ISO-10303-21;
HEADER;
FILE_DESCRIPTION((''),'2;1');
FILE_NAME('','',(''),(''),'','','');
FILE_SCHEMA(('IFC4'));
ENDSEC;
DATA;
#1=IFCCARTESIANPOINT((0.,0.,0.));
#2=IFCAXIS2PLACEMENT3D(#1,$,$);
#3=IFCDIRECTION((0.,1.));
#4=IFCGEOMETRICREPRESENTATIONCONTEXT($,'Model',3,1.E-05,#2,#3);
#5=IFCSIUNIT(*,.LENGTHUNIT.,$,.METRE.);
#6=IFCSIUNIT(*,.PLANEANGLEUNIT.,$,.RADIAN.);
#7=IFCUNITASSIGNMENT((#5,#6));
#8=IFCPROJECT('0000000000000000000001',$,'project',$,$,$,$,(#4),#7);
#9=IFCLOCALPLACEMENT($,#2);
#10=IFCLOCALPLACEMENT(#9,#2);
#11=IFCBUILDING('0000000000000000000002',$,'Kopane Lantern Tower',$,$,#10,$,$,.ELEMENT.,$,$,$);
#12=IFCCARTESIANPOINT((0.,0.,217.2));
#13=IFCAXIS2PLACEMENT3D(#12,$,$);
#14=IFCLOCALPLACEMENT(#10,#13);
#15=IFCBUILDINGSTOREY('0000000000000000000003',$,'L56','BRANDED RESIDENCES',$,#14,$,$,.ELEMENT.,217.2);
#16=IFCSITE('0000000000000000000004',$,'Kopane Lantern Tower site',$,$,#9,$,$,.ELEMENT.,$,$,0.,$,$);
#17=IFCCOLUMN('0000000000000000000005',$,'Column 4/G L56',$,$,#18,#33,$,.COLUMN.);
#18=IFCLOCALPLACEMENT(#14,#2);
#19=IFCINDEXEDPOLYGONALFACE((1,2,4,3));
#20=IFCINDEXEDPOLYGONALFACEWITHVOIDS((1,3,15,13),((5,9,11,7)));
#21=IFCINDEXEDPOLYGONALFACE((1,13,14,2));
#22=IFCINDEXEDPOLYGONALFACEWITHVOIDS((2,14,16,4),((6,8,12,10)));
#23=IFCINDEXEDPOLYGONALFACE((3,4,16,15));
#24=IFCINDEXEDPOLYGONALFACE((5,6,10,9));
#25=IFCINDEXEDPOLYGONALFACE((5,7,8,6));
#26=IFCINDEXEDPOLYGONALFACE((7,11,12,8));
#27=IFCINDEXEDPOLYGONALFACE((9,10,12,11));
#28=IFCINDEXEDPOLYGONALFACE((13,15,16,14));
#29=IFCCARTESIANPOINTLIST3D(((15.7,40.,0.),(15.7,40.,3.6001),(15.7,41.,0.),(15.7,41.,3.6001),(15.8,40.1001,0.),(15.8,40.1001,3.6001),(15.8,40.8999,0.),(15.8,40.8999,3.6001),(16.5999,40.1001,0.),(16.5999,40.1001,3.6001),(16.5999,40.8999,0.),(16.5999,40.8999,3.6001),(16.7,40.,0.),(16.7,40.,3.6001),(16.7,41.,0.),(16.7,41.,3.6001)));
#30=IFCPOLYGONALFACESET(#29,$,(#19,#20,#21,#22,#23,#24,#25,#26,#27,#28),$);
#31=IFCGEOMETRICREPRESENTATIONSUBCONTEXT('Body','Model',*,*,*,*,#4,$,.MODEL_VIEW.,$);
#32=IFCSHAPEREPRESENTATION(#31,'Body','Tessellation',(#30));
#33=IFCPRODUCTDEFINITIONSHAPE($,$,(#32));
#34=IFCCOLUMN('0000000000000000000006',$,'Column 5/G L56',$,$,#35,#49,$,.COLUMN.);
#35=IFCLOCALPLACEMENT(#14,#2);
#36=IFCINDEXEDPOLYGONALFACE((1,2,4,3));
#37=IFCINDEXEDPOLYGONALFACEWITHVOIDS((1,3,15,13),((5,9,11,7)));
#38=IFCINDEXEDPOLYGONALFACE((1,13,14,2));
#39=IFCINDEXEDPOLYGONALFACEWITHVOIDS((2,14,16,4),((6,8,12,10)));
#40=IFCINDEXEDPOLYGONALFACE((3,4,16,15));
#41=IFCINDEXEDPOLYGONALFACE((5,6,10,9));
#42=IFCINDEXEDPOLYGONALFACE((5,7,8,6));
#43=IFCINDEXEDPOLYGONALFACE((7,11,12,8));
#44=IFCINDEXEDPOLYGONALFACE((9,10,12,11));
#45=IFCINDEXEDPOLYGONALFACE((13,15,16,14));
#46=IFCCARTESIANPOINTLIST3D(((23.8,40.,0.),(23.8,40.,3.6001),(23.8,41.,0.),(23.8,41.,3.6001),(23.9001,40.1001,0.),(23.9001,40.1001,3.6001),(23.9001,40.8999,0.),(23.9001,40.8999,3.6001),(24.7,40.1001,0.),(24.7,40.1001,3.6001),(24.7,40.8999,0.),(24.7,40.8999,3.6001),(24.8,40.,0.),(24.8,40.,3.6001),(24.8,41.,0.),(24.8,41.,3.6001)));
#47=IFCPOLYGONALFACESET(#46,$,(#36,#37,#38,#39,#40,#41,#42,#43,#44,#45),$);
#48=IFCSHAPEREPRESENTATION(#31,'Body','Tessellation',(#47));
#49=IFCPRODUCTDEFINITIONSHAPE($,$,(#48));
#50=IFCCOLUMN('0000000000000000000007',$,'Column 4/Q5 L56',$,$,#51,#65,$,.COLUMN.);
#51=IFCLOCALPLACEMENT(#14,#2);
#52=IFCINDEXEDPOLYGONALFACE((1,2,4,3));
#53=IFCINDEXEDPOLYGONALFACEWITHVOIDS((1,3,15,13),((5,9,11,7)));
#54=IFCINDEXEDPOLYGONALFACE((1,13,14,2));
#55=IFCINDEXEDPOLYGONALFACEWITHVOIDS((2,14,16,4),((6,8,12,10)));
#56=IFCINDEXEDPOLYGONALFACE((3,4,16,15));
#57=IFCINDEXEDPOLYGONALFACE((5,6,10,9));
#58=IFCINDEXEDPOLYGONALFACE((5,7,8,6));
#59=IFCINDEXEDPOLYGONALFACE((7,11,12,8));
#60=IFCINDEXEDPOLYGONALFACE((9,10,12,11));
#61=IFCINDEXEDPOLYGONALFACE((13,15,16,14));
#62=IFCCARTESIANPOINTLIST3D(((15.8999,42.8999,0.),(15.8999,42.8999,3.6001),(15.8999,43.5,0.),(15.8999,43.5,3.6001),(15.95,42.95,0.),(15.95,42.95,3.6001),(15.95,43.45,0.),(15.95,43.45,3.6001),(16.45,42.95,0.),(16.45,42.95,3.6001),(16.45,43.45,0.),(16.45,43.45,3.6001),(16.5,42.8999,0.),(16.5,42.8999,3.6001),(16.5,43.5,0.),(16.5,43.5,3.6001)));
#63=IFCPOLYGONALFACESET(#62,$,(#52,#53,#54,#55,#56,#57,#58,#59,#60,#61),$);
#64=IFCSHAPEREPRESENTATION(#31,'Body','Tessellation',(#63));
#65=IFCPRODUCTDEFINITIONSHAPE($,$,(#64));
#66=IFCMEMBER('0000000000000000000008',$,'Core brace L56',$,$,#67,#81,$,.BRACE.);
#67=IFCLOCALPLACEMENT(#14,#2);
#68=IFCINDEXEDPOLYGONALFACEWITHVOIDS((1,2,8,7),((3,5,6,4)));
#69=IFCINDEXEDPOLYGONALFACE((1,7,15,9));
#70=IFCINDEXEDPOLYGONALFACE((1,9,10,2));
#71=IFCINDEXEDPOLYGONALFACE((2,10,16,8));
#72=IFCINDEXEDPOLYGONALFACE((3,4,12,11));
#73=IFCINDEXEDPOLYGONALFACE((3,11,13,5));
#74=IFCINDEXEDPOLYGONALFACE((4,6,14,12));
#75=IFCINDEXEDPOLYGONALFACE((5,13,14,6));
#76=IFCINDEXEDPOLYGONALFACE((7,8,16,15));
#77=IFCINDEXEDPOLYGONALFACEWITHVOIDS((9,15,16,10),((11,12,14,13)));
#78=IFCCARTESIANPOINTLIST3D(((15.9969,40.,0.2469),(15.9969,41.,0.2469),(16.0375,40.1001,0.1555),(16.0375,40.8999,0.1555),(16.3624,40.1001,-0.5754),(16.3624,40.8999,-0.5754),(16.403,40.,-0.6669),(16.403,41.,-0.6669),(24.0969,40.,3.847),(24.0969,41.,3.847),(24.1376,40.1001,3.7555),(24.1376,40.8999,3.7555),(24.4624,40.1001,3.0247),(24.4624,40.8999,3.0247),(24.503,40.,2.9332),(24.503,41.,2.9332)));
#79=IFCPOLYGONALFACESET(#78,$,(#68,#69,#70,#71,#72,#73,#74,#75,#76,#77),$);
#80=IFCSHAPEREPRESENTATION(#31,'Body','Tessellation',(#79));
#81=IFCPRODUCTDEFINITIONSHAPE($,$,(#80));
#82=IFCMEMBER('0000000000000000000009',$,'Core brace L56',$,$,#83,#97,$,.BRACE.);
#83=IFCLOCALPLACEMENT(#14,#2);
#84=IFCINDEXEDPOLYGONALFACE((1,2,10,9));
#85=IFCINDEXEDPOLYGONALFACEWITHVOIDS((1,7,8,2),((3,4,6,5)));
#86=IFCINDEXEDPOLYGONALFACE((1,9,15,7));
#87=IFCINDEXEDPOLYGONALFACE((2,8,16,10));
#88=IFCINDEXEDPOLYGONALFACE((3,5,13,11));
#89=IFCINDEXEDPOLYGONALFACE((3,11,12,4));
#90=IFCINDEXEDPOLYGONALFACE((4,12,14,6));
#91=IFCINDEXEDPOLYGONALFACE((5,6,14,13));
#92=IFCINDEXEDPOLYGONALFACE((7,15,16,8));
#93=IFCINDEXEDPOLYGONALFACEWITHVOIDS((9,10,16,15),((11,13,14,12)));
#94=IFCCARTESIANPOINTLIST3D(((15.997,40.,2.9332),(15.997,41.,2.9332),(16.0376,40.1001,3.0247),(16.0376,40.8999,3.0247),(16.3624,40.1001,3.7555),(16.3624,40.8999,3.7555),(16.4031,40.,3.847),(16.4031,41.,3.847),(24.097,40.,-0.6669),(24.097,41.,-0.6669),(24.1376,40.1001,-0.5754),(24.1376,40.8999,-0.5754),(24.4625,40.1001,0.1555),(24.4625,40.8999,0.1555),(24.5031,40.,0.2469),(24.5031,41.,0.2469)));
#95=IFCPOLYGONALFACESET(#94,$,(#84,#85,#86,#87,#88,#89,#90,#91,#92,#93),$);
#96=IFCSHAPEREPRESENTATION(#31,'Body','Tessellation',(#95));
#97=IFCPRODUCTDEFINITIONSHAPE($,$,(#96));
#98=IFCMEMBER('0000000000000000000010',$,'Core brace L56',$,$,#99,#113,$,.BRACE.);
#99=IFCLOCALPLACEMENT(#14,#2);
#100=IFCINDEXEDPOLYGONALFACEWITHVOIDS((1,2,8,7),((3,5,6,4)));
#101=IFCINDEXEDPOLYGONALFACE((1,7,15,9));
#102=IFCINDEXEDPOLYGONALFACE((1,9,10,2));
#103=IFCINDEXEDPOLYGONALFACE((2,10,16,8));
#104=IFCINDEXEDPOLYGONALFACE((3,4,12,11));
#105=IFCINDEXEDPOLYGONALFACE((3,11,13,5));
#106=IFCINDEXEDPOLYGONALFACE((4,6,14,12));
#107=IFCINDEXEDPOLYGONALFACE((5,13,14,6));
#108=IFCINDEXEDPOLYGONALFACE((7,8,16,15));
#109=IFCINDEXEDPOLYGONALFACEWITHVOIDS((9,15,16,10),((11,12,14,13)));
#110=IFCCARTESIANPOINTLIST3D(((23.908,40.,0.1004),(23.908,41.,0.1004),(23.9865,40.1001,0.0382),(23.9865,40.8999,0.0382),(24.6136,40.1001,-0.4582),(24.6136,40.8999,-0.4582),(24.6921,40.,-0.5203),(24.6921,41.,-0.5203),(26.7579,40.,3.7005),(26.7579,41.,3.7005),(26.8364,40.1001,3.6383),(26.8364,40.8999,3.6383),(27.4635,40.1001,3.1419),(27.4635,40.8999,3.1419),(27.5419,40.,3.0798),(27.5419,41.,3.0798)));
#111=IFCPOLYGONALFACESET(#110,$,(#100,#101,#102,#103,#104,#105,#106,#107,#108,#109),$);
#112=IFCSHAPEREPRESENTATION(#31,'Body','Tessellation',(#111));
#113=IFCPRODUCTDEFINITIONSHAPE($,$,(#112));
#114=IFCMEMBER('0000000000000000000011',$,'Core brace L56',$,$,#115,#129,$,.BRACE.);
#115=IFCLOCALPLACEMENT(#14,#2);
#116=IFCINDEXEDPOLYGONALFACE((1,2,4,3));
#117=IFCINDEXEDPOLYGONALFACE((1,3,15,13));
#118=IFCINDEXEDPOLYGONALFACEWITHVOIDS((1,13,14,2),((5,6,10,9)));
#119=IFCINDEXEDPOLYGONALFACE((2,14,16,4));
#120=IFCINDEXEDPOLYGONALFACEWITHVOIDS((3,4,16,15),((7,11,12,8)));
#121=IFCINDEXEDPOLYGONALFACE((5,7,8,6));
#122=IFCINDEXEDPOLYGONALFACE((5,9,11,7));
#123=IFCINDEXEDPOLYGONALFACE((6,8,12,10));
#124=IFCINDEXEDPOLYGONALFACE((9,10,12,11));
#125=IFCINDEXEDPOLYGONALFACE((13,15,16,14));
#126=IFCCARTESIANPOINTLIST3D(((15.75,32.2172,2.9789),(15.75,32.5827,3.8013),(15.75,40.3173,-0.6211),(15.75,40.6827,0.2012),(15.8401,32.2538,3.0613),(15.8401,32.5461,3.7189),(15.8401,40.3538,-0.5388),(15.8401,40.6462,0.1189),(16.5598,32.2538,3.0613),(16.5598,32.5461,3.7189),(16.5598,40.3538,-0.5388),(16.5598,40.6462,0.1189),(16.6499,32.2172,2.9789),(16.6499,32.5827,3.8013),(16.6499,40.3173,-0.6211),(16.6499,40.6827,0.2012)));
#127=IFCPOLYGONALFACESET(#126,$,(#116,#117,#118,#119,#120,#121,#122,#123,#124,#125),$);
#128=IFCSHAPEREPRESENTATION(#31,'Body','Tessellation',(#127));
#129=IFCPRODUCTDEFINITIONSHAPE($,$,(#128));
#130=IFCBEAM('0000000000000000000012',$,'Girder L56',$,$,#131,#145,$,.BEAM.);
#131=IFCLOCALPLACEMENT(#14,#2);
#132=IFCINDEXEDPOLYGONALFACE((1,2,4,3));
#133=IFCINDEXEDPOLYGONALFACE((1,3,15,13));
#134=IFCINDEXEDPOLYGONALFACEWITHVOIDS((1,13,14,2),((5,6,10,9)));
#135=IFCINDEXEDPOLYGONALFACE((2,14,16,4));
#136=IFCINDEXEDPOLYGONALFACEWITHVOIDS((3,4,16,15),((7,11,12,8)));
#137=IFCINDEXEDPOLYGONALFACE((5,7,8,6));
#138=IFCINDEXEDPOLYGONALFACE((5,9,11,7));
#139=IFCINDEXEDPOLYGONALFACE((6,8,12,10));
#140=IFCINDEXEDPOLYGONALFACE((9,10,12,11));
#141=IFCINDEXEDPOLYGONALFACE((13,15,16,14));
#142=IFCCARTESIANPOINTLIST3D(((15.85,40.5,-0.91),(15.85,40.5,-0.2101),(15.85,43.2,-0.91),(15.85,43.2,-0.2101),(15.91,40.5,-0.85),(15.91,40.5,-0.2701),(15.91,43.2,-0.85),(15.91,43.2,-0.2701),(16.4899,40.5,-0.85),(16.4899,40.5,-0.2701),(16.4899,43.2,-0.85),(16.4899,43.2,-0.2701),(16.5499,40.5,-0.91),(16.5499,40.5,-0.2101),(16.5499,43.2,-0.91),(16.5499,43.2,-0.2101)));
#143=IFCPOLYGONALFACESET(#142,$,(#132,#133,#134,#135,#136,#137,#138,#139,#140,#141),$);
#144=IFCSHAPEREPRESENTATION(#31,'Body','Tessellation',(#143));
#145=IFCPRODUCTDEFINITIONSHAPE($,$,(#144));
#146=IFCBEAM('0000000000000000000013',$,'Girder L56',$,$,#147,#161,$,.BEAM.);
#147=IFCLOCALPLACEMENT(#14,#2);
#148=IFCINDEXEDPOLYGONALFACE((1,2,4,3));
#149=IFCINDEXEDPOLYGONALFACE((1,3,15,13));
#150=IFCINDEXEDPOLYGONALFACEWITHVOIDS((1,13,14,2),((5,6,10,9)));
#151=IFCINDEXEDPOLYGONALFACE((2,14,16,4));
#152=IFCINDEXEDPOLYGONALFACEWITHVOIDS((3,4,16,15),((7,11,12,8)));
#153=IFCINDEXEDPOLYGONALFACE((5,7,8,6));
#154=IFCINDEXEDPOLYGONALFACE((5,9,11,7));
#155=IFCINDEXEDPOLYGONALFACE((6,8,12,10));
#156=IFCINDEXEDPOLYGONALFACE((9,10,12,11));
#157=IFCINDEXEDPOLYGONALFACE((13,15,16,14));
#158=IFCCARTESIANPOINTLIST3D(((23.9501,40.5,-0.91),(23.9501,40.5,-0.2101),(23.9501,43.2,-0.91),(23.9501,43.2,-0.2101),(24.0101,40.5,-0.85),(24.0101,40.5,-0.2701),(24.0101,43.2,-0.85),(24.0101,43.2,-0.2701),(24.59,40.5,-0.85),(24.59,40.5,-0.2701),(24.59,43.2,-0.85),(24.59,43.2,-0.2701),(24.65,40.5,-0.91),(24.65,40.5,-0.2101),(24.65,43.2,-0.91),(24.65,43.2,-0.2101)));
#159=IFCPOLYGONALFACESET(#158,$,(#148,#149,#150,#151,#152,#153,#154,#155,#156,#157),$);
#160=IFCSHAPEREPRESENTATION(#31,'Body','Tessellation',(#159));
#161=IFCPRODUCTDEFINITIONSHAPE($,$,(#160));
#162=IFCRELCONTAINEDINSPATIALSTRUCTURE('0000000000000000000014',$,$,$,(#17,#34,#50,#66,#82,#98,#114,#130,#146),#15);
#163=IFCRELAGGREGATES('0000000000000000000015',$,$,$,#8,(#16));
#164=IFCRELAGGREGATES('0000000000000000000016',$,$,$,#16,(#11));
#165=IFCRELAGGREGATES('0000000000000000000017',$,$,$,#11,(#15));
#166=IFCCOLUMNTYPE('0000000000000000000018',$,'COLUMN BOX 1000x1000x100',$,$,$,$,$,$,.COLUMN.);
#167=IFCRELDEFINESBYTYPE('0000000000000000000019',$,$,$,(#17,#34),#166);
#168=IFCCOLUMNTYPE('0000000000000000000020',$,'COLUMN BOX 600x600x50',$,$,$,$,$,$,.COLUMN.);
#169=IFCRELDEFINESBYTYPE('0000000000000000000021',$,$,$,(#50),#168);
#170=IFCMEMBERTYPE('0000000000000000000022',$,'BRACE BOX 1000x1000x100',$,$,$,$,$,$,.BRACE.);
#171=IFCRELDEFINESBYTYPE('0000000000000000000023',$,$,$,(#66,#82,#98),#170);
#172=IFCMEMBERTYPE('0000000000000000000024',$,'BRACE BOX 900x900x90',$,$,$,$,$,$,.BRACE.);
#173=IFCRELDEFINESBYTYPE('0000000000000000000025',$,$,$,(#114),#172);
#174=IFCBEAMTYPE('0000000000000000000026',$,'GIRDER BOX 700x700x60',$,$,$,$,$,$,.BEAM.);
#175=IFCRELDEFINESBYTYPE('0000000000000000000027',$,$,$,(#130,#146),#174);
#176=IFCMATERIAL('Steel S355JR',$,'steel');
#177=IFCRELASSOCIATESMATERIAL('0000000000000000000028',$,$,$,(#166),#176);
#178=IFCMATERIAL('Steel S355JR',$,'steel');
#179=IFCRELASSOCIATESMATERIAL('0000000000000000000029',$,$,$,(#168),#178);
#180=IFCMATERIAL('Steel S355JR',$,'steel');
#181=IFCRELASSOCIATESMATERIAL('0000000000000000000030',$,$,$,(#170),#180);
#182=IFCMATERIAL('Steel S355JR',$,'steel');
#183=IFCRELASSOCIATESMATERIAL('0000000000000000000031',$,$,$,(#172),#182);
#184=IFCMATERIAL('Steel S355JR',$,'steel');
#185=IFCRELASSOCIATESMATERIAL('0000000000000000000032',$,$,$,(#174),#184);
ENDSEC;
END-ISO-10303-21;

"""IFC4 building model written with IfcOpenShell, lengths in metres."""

from ifc_helpers import new_model, si_unit, direction, frame, origin, origin_2d, place, context, subcontext, project, spatial, hollow_rectangle, extrude, material, material_profile, profile_set, type_object, element, save


model = new_model("IFC4")

# Units and contexts
model_context = context("Model", 3, precision=1e-05, world=origin(), true_north=direction((0.0, 1.0)))
body_context = subcontext(model_context, "Body", "Model", "MODEL_VIEW")
ifc_project = project(units=[si_unit("LENGTHUNIT", "METRE"), si_unit("PLANEANGLEUNIT", "RADIAN")], contexts=[model_context])

# Site, building, storey
site_placement = place(None, origin())
site = spatial("IfcSite", under=ifc_project, at=site_placement, Name="Kopane Lantern Tower site", CompositionType="ELEMENT", RefElevation=0.0)
building_placement = place(site_placement, origin())
building = spatial("IfcBuilding", under=site, at=building_placement, Name="Kopane Lantern Tower", CompositionType="ELEMENT")
storey_placement = place(building_placement, frame((0.0, 0.0, 217.2)))
storey = spatial("IfcBuildingStorey", under=building, at=storey_placement, Name="L56", Description="BRANDED RESIDENCES", CompositionType="ELEMENT", Elevation=217.2)

# Columns
ifc_material_1 = material(Name="Steel S355JR", Category="steel")
ifc_material_profile_1 = material_profile(ifc_material_1, hollow_rectangle(XDim=1.0, YDim=1.0, WallThickness=0.1001, at=origin_2d()), Name="BOX 1000x1000x100")
ifc_profile_set_1 = profile_set([ifc_material_profile_1], Name="Steel S355JR")
column_type_1 = type_object("IfcColumnType", Name="COLUMN BOX 1000x1000x100", PredefinedType="COLUMN", material=ifc_profile_set_1)
for number, where, z_axis, x_axis, name in (
    (1, (16.2, 40.5, 0.0), (0.0, 0.0, 1.0), (1.0, 0.0, 0.0), "Column 4/G L56"),
    (2, (24.3, 40.5, 0.0), (0.0, 0.0, 1.0), (1.0, 0.0, 0.0), "Column 5/G L56"),
):
    element("IfcColumn", number, at=place(storey_placement, frame(where, z_axis=z_axis, x_axis=x_axis)), inside=storey, type_object=column_type_1, Name=name, PredefinedType="COLUMN", context=body_context, shape_type="SweptSolid", body=[
        extrude(hollow_rectangle(XDim=1.0, YDim=1.0, WallThickness=0.1001, at=origin_2d()), origin(), (0.0, 0.0, 1.0), 3.6001),
    ])
ifc_material_2 = material(Name="Steel S355JR", Category="steel")
ifc_material_profile_2 = material_profile(ifc_material_2, hollow_rectangle(XDim=0.6001, YDim=0.6001, WallThickness=0.05, at=origin_2d()), Name="BOX 600x600x50")
ifc_profile_set_2 = profile_set([ifc_material_profile_2], Name="Steel S355JR")
column_type_2 = type_object("IfcColumnType", Name="COLUMN BOX 600x600x50", PredefinedType="COLUMN", material=ifc_profile_set_2)
column_placement = place(storey_placement, frame((16.2, 43.2, 0.0), z_axis=(0.0, 0.0, 1.0), x_axis=(1.0, 0.0, 0.0)))
element("IfcColumn", 3, at=column_placement, inside=storey, type_object=column_type_2, Name="Column 4/Q5 L56", PredefinedType="COLUMN", context=body_context, shape_type="SweptSolid", body=[
    extrude(hollow_rectangle(XDim=0.6001, YDim=0.6001, WallThickness=0.05, at=origin_2d()), origin(), (0.0, 0.0, 1.0), 3.6001),
])

# Members
ifc_material_3 = material(Name="Steel S355JR", Category="steel")
ifc_material_profile_3 = material_profile(ifc_material_3, hollow_rectangle(XDim=1.0, YDim=1.0, WallThickness=0.1001, at=origin_2d()), Name="BOX 1000x1000x100")
ifc_profile_set_3 = profile_set([ifc_material_profile_3], Name="Steel S355JR")
member_type_1 = type_object("IfcMemberType", Name="BRACE BOX 1000x1000x100", PredefinedType="BRACE", material=ifc_profile_set_3)
for number, where, z_axis, x_axis, name in (
    (4, (16.2, 40.5, -0.21), (0.913809, 0.0, 0.406144), (0.0, 1.0, 0.0), "Core brace L56"),
    (5, (24.3, 40.5, -0.21), (-0.913809, 0.0, 0.406144), (0.0, -1.0, 0.0), "Core brace L56"),
):
    element("IfcMember", number, at=place(storey_placement, frame(where, z_axis=z_axis, x_axis=x_axis)), inside=storey, type_object=member_type_1, Name=name, PredefinedType="BRACE", context=body_context, shape_type="SweptSolid", body=[
        extrude(hollow_rectangle(XDim=1.0, YDim=1.0, WallThickness=0.1001, at=origin_2d()), origin(), (0.0, 0.0, 1.0), 8.864),
    ])
member_1_placement = place(storey_placement, frame((24.3, 40.5, -0.21), z_axis=(0.620673, 0.0, 0.78407), x_axis=(0.0, 1.0, 0.0)))
element("IfcMember", 6, at=member_1_placement, inside=storey, type_object=member_type_1, Name="Core brace L56", PredefinedType="BRACE", context=body_context, shape_type="SweptSolid", body=[
    extrude(hollow_rectangle(XDim=1.0, YDim=1.0, WallThickness=0.1001, at=origin_2d()), origin(), (0.0, 0.0, 1.0), 4.5916),
])
ifc_material_4 = material(Name="Steel S355JR", Category="steel")
ifc_material_profile_4 = material_profile(ifc_material_4, hollow_rectangle(XDim=0.8999, YDim=0.8999, WallThickness=0.0901, at=origin_2d()), Name="BOX 900x900x90")
ifc_profile_set_4 = profile_set([ifc_material_profile_4], Name="Steel S355JR")
member_type_2 = type_object("IfcMemberType", Name="BRACE BOX 900x900x90", PredefinedType="BRACE", material=ifc_profile_set_4)
member_2_placement = place(storey_placement, frame((16.2, 40.5, -0.21), z_axis=(0.0, -0.913809, 0.406144), x_axis=(1.0, 0.0, 0.0)))
element("IfcMember", 7, at=member_2_placement, inside=storey, type_object=member_type_2, Name="Core brace L56", PredefinedType="BRACE", context=body_context, shape_type="SweptSolid", body=[
    extrude(hollow_rectangle(XDim=0.8999, YDim=0.8999, WallThickness=0.0901, at=origin_2d()), origin(), (0.0, 0.0, 1.0), 8.864),
])

# Beams
ifc_material_5 = material(Name="Steel S355JR", Category="steel")
ifc_material_profile_5 = material_profile(ifc_material_5, hollow_rectangle(XDim=0.7, YDim=0.7, WallThickness=0.0601, at=origin_2d()), Name="BOX 700x700x60")
ifc_profile_set_5 = profile_set([ifc_material_profile_5], Name="Steel S355JR")
beam_type_1 = type_object("IfcBeamType", Name="GIRDER BOX 700x700x60", PredefinedType="BEAM", material=ifc_profile_set_5)
for number, where, z_axis, x_axis, name in (
    (8, (16.2, 40.5, -0.5601), (0.0, 1.0, 0.0), (-1.0, 0.0, 0.0), "Girder L56"),
    (9, (24.3, 40.5, -0.5601), (0.0, 1.0, 0.0), (-1.0, 0.0, 0.0), "Girder L56"),
):
    element("IfcBeam", number, at=place(storey_placement, frame(where, z_axis=z_axis, x_axis=x_axis)), inside=storey, type_object=beam_type_1, Name=name, PredefinedType="BEAM", context=body_context, shape_type="SweptSolid", body=[
        extrude(hollow_rectangle(XDim=0.7, YDim=0.7, WallThickness=0.0601, at=origin_2d()), origin(), (0.0, 0.0, 1.0), 2.7),
    ])

save(model, "model.ifc")
